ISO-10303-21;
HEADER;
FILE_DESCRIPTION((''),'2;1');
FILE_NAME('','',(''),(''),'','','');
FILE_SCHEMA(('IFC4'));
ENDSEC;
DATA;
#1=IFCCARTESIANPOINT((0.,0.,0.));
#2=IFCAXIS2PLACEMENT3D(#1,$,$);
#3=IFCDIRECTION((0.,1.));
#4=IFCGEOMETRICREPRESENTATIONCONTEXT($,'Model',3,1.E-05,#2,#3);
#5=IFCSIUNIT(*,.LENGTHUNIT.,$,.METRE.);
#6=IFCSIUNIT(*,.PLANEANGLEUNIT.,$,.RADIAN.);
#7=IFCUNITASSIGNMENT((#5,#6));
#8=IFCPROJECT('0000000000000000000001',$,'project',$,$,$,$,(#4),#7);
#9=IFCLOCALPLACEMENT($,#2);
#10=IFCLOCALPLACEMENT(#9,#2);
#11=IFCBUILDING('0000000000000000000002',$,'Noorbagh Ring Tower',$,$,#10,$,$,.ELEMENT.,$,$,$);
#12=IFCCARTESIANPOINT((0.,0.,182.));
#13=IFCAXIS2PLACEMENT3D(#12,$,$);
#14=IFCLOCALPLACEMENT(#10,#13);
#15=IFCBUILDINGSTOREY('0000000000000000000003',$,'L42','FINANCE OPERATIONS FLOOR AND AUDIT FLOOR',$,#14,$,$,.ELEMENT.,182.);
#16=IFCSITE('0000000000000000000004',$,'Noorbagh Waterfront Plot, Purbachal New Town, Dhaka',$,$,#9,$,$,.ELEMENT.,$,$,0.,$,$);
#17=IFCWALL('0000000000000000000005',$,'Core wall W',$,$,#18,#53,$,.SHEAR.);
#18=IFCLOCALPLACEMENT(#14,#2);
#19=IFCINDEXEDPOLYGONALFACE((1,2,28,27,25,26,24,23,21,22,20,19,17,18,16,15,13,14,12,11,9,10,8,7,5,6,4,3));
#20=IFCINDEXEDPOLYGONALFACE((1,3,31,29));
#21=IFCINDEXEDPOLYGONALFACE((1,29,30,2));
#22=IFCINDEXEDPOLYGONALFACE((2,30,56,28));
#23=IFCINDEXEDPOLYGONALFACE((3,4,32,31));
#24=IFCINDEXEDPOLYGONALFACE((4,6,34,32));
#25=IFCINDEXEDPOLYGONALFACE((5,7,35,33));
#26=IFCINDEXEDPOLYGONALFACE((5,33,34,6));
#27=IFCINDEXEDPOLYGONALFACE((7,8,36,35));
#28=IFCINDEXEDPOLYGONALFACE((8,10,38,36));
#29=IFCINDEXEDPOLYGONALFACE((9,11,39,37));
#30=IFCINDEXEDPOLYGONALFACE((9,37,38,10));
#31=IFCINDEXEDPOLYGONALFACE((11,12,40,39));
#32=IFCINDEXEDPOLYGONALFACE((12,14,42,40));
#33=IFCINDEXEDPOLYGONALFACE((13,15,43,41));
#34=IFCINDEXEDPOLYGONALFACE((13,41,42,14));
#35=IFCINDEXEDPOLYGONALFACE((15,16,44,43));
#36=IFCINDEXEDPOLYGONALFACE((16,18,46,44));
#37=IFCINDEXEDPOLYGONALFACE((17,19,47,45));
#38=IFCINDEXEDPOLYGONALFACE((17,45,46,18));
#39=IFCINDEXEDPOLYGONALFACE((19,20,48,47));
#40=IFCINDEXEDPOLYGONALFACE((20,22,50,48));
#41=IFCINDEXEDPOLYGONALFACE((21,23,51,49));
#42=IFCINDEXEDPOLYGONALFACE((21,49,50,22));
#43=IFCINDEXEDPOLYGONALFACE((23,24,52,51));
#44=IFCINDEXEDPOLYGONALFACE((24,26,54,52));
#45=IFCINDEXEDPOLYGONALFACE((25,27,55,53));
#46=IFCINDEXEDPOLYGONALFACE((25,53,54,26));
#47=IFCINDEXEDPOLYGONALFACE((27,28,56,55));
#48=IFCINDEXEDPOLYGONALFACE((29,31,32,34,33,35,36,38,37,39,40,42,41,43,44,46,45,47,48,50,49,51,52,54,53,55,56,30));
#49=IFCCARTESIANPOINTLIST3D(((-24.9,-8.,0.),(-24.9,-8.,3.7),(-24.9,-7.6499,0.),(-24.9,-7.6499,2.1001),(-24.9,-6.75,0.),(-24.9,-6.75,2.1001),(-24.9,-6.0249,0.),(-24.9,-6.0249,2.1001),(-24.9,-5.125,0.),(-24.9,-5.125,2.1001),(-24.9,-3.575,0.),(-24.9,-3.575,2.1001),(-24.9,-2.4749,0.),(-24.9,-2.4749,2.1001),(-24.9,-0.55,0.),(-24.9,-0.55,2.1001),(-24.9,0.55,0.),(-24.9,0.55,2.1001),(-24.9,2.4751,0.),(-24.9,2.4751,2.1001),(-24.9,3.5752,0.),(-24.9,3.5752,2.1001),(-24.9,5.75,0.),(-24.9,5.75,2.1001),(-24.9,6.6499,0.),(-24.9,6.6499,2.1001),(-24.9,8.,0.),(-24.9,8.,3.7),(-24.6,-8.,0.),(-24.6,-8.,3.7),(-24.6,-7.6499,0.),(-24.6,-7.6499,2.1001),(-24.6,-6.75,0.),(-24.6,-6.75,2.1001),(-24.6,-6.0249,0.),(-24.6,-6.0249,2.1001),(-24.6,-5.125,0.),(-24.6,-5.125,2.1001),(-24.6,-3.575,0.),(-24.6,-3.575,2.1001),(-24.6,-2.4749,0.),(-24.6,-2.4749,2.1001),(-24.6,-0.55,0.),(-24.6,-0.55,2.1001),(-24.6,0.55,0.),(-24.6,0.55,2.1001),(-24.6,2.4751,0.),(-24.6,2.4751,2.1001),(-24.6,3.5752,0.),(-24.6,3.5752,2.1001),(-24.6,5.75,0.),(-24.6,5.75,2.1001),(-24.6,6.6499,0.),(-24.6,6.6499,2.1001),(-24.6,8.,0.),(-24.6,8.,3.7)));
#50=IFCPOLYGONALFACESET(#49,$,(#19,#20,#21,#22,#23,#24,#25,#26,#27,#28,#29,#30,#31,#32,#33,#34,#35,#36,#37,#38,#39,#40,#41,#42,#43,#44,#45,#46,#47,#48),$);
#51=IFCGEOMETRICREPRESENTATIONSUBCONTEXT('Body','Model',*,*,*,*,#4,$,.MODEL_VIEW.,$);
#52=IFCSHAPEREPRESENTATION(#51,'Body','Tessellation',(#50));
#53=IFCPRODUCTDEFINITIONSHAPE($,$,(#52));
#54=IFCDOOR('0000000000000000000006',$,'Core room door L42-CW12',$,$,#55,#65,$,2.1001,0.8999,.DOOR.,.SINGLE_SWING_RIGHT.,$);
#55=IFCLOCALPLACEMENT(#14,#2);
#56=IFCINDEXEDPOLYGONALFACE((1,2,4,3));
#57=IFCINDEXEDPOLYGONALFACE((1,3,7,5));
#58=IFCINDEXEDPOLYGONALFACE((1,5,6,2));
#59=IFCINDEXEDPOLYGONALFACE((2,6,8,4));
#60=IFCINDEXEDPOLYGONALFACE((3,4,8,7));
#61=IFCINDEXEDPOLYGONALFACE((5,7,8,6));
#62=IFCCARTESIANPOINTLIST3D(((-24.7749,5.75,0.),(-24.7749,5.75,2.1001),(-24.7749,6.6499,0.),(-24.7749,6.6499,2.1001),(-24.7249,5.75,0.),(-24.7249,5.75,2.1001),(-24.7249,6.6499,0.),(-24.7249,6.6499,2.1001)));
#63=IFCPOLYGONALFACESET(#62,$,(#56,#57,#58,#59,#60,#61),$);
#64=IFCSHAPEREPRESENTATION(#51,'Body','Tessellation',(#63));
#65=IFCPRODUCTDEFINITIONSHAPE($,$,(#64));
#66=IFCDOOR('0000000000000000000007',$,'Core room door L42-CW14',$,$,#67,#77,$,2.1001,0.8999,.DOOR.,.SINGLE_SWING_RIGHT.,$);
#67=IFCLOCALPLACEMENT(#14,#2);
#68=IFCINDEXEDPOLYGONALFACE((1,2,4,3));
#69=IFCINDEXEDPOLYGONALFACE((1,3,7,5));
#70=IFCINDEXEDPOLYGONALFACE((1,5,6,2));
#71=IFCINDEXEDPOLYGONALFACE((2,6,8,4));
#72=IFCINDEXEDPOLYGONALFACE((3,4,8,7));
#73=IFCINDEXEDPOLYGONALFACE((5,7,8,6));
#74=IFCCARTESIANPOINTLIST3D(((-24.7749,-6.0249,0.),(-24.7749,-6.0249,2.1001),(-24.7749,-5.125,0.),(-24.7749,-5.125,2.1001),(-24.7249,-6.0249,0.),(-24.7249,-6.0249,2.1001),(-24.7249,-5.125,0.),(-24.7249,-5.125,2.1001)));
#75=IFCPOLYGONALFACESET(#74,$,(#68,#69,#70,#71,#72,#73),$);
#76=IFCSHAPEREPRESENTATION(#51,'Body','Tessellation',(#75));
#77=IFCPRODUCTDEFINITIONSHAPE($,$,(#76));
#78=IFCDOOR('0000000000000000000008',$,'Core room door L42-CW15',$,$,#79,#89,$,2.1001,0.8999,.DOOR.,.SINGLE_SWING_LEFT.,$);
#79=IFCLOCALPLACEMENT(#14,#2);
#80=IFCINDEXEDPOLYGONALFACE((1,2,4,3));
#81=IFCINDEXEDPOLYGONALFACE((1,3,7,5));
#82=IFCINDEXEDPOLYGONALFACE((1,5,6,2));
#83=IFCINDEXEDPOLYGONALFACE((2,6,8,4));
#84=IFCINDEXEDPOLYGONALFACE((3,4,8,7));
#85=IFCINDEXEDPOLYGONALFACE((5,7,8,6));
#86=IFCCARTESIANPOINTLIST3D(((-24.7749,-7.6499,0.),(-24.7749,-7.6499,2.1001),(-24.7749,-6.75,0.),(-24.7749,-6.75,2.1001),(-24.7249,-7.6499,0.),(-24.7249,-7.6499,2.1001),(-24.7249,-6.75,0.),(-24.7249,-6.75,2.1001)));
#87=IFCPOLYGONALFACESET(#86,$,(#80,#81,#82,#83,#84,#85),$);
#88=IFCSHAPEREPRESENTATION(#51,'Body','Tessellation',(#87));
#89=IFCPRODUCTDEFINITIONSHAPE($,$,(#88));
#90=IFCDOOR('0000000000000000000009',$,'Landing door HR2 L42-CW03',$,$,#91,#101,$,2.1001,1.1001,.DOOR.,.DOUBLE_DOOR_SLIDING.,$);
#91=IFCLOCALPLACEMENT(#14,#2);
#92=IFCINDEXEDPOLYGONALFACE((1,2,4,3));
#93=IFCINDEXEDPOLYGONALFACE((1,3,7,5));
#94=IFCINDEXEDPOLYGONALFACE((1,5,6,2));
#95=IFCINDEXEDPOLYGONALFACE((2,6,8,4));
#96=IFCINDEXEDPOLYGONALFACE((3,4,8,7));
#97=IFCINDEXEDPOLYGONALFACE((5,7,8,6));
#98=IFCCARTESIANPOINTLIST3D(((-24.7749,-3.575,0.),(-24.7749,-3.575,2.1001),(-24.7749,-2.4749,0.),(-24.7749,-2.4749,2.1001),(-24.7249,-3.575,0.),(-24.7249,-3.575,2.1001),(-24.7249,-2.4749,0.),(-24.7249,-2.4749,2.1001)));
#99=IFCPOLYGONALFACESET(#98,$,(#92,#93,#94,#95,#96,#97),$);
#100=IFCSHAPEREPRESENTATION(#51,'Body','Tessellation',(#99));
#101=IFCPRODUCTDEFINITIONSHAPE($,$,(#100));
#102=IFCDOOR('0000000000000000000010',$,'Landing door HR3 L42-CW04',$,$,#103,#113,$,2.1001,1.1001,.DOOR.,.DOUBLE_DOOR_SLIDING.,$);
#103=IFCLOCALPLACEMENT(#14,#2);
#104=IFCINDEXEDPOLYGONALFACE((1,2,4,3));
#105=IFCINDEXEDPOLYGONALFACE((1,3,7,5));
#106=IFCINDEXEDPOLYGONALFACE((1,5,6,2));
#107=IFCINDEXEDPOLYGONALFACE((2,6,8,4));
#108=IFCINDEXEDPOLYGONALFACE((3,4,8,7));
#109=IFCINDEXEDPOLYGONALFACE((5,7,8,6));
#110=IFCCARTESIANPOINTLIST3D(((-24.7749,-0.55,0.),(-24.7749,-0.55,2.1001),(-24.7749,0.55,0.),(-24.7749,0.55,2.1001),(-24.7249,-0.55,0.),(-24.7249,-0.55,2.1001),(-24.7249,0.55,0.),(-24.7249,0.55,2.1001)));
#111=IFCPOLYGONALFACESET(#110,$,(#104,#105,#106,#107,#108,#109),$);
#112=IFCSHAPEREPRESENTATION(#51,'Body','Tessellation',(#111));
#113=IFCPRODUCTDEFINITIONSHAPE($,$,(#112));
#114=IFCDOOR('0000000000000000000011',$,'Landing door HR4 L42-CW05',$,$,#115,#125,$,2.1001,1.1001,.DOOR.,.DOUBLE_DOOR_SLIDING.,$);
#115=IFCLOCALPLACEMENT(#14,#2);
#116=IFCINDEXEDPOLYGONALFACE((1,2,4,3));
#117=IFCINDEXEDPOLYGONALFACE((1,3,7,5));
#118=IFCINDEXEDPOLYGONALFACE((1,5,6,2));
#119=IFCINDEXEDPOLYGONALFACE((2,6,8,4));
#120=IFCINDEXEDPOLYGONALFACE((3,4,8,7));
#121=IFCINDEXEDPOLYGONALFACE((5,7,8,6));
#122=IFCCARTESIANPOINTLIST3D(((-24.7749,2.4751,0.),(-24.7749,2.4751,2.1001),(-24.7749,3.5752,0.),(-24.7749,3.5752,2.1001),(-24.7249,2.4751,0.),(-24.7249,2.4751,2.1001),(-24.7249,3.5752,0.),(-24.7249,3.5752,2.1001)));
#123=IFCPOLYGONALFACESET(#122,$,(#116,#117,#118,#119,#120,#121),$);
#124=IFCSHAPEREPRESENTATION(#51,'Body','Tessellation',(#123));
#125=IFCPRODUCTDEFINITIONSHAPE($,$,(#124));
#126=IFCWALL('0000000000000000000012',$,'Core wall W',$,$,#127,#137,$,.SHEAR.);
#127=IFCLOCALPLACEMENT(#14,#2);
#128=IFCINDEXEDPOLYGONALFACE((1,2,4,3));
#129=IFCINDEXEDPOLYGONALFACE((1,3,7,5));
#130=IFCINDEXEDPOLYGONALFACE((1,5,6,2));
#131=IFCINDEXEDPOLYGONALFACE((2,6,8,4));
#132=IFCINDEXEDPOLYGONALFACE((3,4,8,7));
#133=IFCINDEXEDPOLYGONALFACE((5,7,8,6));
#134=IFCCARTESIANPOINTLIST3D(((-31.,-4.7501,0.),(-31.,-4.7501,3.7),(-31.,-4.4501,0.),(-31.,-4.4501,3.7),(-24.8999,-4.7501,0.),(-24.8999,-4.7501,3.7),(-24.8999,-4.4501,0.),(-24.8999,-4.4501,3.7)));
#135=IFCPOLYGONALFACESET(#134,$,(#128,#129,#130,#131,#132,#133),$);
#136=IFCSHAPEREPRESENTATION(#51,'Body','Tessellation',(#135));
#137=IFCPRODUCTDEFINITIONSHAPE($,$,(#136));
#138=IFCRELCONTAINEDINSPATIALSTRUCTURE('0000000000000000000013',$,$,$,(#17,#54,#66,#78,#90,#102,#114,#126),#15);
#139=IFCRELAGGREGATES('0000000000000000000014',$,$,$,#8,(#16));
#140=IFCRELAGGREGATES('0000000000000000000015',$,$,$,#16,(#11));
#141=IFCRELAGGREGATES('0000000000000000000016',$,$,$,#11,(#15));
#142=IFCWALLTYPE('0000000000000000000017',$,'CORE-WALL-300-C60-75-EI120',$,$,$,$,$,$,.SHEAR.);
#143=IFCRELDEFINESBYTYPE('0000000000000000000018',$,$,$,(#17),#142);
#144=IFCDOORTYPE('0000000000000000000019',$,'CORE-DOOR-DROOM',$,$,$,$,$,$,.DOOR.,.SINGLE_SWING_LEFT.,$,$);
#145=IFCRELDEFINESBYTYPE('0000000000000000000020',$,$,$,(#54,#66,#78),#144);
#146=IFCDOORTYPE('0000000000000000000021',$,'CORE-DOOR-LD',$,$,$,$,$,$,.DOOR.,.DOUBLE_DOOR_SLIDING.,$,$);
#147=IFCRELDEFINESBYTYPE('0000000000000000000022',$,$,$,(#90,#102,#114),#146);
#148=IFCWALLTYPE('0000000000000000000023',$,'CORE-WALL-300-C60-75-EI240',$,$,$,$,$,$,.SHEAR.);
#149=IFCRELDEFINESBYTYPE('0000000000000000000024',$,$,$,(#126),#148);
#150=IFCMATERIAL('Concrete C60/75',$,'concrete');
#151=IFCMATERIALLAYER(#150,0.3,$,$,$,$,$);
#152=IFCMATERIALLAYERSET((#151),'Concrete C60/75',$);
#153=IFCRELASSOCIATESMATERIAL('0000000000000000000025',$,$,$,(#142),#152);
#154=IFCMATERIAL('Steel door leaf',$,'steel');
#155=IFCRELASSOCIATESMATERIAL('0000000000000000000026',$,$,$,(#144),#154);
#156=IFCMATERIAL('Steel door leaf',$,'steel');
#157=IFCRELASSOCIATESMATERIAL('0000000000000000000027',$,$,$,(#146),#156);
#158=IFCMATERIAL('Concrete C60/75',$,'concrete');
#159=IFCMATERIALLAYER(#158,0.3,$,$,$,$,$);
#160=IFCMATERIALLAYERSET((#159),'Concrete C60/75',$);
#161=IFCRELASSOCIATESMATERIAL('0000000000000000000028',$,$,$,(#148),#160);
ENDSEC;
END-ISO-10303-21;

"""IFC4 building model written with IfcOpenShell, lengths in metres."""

from ifc_helpers import new_model, si_unit, direction, frame, frame_2d, origin, place, context, subcontext, project, spatial, rectangle, extrude, material, layer, layer_set, type_object, element, fill, save


model = new_model("IFC4")

# Units and contexts
model_context = context("Model", 3, precision=1e-05, world=origin(), true_north=direction((0.0, 1.0)))
body_context = subcontext(model_context, "Body", "Model", "MODEL_VIEW")
ifc_project = project(units=[si_unit("LENGTHUNIT", "METRE"), si_unit("PLANEANGLEUNIT", "RADIAN")], contexts=[model_context])

# Site, building, storey
site_placement = place(None, origin())
site = spatial("IfcSite", under=ifc_project, at=site_placement, Name="Noorbagh Waterfront Plot, Purbachal New Town, Dhaka", CompositionType="ELEMENT", RefElevation=0.0)
building_placement = place(site_placement, origin())
building = spatial("IfcBuilding", under=site, at=building_placement, Name="Noorbagh Ring Tower", CompositionType="ELEMENT")
storey_placement = place(building_placement, frame((0.0, 0.0, 182.0)))
storey = spatial("IfcBuildingStorey", under=building, at=storey_placement, Name="L42", Description="FINANCE OPERATIONS FLOOR AND AUDIT FLOOR", CompositionType="ELEMENT", Elevation=182.0)

# Shared definitions
ifc_material_1 = material(Name="Concrete C60/75", Category="concrete")
ifc_layer_1 = layer(ifc_material_1, 0.3)
ifc_layer_set_1 = layer_set([ifc_layer_1], Name="Concrete C60/75")
wall_type_1 = type_object("IfcWallType", Name="CORE-WALL-300-C60-75-EI120", PredefinedType="SHEAR", material=ifc_layer_set_1)

# Wall, openings, doors
wall_1_placement = place(storey_placement, frame((-24.75, -8.0, 0.0), z_axis=(0.0, 0.0, 1.0), x_axis=(0.0, 1.0, 0.0)))
wall_1 = element("IfcWall", 1, at=wall_1_placement, inside=storey, type_object=wall_type_1, Name="Core wall W", PredefinedType="SHEAR", context=body_context, shape_type="SweptSolid", body=[
    extrude(rectangle(XDim=16.0, YDim=0.3, at=frame_2d((8.0, 0.0))), origin(), (0.0, 0.0, 1.0), 3.7),
])
opening_1_placement = place(wall_1_placement, frame((4.425, 0.0, 0.0)))
opening_1 = element("IfcOpeningElement", 2, at=opening_1_placement, cuts=wall_1, PredefinedType="OPENING", context=body_context, shape_type="SweptSolid", body=[
    extrude(rectangle(XDim=1.1001, YDim=2.1001, at=frame_2d((0.55, 1.05))), frame((0.0, 0.1602, 0.0), z_axis=(0.0, -1.0, 0.0), x_axis=(1.0, 0.0, 0.0)), (0.0, 0.0, 1.0), 0.3201),
])
opening_2_placement = place(wall_1_placement, frame((7.45, 0.0, 0.0)))
opening_2 = element("IfcOpeningElement", 3, at=opening_2_placement, cuts=wall_1, PredefinedType="OPENING", context=body_context, shape_type="SweptSolid", body=[
    extrude(rectangle(XDim=1.1001, YDim=2.1001, at=frame_2d((0.55, 1.05))), frame((0.0, 0.1602, 0.0), z_axis=(0.0, -1.0, 0.0), x_axis=(1.0, 0.0, 0.0)), (0.0, 0.0, 1.0), 0.3201),
])
opening_3_placement = place(wall_1_placement, frame((10.4751, 0.0, 0.0)))
opening_3 = element("IfcOpeningElement", 4, at=opening_3_placement, cuts=wall_1, PredefinedType="OPENING", context=body_context, shape_type="SweptSolid", body=[
    extrude(rectangle(XDim=1.1001, YDim=2.1001, at=frame_2d((0.55, 1.05))), frame((0.0, 0.1602, 0.0), z_axis=(0.0, -1.0, 0.0), x_axis=(1.0, 0.0, 0.0)), (0.0, 0.0, 1.0), 0.3201),
])
opening_4_placement = place(wall_1_placement, frame((13.75, 0.0, 0.0)))
opening_4 = element("IfcOpeningElement", 5, at=opening_4_placement, cuts=wall_1, PredefinedType="OPENING", context=body_context, shape_type="SweptSolid", body=[
    extrude(rectangle(XDim=0.8999, YDim=2.1001, at=frame_2d((0.45, 1.05))), frame((0.0, 0.1602, 0.0), z_axis=(0.0, -1.0, 0.0), x_axis=(1.0, 0.0, 0.0)), (0.0, 0.0, 1.0), 0.3201),
])
opening_5_placement = place(wall_1_placement, frame((1.9751, 0.0, 0.0)))
opening_5 = element("IfcOpeningElement", 6, at=opening_5_placement, cuts=wall_1, PredefinedType="OPENING", context=body_context, shape_type="SweptSolid", body=[
    extrude(rectangle(XDim=0.8999, YDim=2.1001, at=frame_2d((0.45, 1.05))), frame((0.0, 0.1602, 0.0), z_axis=(0.0, -1.0, 0.0), x_axis=(1.0, 0.0, 0.0)), (0.0, 0.0, 1.0), 0.3201),
])
opening_6_placement = place(wall_1_placement, frame((0.3501, 0.0, 0.0)))
opening_6 = element("IfcOpeningElement", 7, at=opening_6_placement, cuts=wall_1, PredefinedType="OPENING", context=body_context, shape_type="SweptSolid", body=[
    extrude(rectangle(XDim=0.8999, YDim=2.1001, at=frame_2d((0.45, 1.05))), frame((0.0, 0.1602, 0.0), z_axis=(0.0, -1.0, 0.0), x_axis=(1.0, 0.0, 0.0)), (0.0, 0.0, 1.0), 0.3201),
])
ifc_material_2 = material(Name="Steel door leaf", Category="steel")
door_type_1 = type_object("IfcDoorType", Name="CORE-DOOR-DROOM", OperationType="SINGLE_SWING_LEFT", PredefinedType="DOOR", material=ifc_material_2)
door_1_placement = place(opening_4_placement, origin())
door_1 = element("IfcDoor", 8, at=door_1_placement, inside=storey, type_object=door_type_1, Name="Core room door L42-CW12", OperationType="SINGLE_SWING_RIGHT", OverallHeight=2.1001, OverallWidth=0.8999, PredefinedType="DOOR", context=body_context, shape_type="SweptSolid", body=[
    extrude(rectangle(XDim=0.8999, YDim=2.1001, at=frame_2d((0.45, 1.05))), frame((0.0, 0.0249, 0.0), z_axis=(0.0, -1.0, 0.0), x_axis=(1.0, 0.0, 0.0)), (0.0, 0.0, 1.0), 0.05),
])
fill(opening_4, door_1)
door_2_placement = place(opening_5_placement, origin())
door_2 = element("IfcDoor", 9, at=door_2_placement, inside=storey, type_object=door_type_1, Name="Core room door L42-CW14", OperationType="SINGLE_SWING_RIGHT", OverallHeight=2.1001, OverallWidth=0.8999, PredefinedType="DOOR", context=body_context, shape_type="SweptSolid", body=[
    extrude(rectangle(XDim=0.8999, YDim=2.1001, at=frame_2d((0.45, 1.05))), frame((0.0, 0.0249, 0.0), z_axis=(0.0, -1.0, 0.0), x_axis=(1.0, 0.0, 0.0)), (0.0, 0.0, 1.0), 0.05),
])
fill(opening_5, door_2)
door_3_placement = place(opening_6_placement, origin())
door_3 = element("IfcDoor", 10, at=door_3_placement, inside=storey, type_object=door_type_1, Name="Core room door L42-CW15", OperationType="SINGLE_SWING_LEFT", OverallHeight=2.1001, OverallWidth=0.8999, PredefinedType="DOOR", context=body_context, shape_type="SweptSolid", body=[
    extrude(rectangle(XDim=0.8999, YDim=2.1001, at=frame_2d((0.45, 1.05))), frame((0.0, 0.0249, 0.0), z_axis=(0.0, -1.0, 0.0), x_axis=(1.0, 0.0, 0.0)), (0.0, 0.0, 1.0), 0.05),
])
fill(opening_6, door_3)
ifc_material_3 = material(Name="Steel door leaf", Category="steel")
door_type_2 = type_object("IfcDoorType", Name="CORE-DOOR-LD", OperationType="DOUBLE_DOOR_SLIDING", PredefinedType="DOOR", material=ifc_material_3)
door_4_placement = place(opening_1_placement, origin())
door_4 = element("IfcDoor", 11, at=door_4_placement, inside=storey, type_object=door_type_2, Name="Landing door HR2 L42-CW03", OperationType="DOUBLE_DOOR_SLIDING", OverallHeight=2.1001, OverallWidth=1.1001, PredefinedType="DOOR", context=body_context, shape_type="SweptSolid", body=[
    extrude(rectangle(XDim=1.1001, YDim=2.1001, at=frame_2d((0.55, 1.05))), frame((0.0, 0.0249, 0.0), z_axis=(0.0, -1.0, 0.0), x_axis=(1.0, 0.0, 0.0)), (0.0, 0.0, 1.0), 0.05),
])
fill(opening_1, door_4)
door_5_placement = place(opening_2_placement, origin())
door_5 = element("IfcDoor", 12, at=door_5_placement, inside=storey, type_object=door_type_2, Name="Landing door HR3 L42-CW04", OperationType="DOUBLE_DOOR_SLIDING", OverallHeight=2.1001, OverallWidth=1.1001, PredefinedType="DOOR", context=body_context, shape_type="SweptSolid", body=[
    extrude(rectangle(XDim=1.1001, YDim=2.1001, at=frame_2d((0.55, 1.05))), frame((0.0, 0.0249, 0.0), z_axis=(0.0, -1.0, 0.0), x_axis=(1.0, 0.0, 0.0)), (0.0, 0.0, 1.0), 0.05),
])
fill(opening_2, door_5)
door_6_placement = place(opening_3_placement, origin())
door_6 = element("IfcDoor", 13, at=door_6_placement, inside=storey, type_object=door_type_2, Name="Landing door HR4 L42-CW05", OperationType="DOUBLE_DOOR_SLIDING", OverallHeight=2.1001, OverallWidth=1.1001, PredefinedType="DOOR", context=body_context, shape_type="SweptSolid", body=[
    extrude(rectangle(XDim=1.1001, YDim=2.1001, at=frame_2d((0.55, 1.05))), frame((0.0, 0.0249, 0.0), z_axis=(0.0, -1.0, 0.0), x_axis=(1.0, 0.0, 0.0)), (0.0, 0.0, 1.0), 0.05),
])
fill(opening_3, door_6)

# Wall
ifc_material_4 = material(Name="Concrete C60/75", Category="concrete")
ifc_layer_2 = layer(ifc_material_4, 0.3)
ifc_layer_set_2 = layer_set([ifc_layer_2], Name="Concrete C60/75")
wall_type_2 = type_object("IfcWallType", Name="CORE-WALL-300-C60-75-EI240", PredefinedType="SHEAR", material=ifc_layer_set_2)
wall_2_placement = place(storey_placement, frame((-24.8999, -4.6001, 0.0), z_axis=(0.0, 0.0, 1.0), x_axis=(-1.0, 0.0, 0.0)))
element("IfcWall", 14, at=wall_2_placement, inside=storey, type_object=wall_type_2, Name="Core wall W", PredefinedType="SHEAR", context=body_context, shape_type="SweptSolid", body=[
    extrude(rectangle(XDim=6.1001, YDim=0.3, at=frame_2d((3.05, 0.0))), origin(), (0.0, 0.0, 1.0), 3.7),
])

save(model, "model.ifc")
